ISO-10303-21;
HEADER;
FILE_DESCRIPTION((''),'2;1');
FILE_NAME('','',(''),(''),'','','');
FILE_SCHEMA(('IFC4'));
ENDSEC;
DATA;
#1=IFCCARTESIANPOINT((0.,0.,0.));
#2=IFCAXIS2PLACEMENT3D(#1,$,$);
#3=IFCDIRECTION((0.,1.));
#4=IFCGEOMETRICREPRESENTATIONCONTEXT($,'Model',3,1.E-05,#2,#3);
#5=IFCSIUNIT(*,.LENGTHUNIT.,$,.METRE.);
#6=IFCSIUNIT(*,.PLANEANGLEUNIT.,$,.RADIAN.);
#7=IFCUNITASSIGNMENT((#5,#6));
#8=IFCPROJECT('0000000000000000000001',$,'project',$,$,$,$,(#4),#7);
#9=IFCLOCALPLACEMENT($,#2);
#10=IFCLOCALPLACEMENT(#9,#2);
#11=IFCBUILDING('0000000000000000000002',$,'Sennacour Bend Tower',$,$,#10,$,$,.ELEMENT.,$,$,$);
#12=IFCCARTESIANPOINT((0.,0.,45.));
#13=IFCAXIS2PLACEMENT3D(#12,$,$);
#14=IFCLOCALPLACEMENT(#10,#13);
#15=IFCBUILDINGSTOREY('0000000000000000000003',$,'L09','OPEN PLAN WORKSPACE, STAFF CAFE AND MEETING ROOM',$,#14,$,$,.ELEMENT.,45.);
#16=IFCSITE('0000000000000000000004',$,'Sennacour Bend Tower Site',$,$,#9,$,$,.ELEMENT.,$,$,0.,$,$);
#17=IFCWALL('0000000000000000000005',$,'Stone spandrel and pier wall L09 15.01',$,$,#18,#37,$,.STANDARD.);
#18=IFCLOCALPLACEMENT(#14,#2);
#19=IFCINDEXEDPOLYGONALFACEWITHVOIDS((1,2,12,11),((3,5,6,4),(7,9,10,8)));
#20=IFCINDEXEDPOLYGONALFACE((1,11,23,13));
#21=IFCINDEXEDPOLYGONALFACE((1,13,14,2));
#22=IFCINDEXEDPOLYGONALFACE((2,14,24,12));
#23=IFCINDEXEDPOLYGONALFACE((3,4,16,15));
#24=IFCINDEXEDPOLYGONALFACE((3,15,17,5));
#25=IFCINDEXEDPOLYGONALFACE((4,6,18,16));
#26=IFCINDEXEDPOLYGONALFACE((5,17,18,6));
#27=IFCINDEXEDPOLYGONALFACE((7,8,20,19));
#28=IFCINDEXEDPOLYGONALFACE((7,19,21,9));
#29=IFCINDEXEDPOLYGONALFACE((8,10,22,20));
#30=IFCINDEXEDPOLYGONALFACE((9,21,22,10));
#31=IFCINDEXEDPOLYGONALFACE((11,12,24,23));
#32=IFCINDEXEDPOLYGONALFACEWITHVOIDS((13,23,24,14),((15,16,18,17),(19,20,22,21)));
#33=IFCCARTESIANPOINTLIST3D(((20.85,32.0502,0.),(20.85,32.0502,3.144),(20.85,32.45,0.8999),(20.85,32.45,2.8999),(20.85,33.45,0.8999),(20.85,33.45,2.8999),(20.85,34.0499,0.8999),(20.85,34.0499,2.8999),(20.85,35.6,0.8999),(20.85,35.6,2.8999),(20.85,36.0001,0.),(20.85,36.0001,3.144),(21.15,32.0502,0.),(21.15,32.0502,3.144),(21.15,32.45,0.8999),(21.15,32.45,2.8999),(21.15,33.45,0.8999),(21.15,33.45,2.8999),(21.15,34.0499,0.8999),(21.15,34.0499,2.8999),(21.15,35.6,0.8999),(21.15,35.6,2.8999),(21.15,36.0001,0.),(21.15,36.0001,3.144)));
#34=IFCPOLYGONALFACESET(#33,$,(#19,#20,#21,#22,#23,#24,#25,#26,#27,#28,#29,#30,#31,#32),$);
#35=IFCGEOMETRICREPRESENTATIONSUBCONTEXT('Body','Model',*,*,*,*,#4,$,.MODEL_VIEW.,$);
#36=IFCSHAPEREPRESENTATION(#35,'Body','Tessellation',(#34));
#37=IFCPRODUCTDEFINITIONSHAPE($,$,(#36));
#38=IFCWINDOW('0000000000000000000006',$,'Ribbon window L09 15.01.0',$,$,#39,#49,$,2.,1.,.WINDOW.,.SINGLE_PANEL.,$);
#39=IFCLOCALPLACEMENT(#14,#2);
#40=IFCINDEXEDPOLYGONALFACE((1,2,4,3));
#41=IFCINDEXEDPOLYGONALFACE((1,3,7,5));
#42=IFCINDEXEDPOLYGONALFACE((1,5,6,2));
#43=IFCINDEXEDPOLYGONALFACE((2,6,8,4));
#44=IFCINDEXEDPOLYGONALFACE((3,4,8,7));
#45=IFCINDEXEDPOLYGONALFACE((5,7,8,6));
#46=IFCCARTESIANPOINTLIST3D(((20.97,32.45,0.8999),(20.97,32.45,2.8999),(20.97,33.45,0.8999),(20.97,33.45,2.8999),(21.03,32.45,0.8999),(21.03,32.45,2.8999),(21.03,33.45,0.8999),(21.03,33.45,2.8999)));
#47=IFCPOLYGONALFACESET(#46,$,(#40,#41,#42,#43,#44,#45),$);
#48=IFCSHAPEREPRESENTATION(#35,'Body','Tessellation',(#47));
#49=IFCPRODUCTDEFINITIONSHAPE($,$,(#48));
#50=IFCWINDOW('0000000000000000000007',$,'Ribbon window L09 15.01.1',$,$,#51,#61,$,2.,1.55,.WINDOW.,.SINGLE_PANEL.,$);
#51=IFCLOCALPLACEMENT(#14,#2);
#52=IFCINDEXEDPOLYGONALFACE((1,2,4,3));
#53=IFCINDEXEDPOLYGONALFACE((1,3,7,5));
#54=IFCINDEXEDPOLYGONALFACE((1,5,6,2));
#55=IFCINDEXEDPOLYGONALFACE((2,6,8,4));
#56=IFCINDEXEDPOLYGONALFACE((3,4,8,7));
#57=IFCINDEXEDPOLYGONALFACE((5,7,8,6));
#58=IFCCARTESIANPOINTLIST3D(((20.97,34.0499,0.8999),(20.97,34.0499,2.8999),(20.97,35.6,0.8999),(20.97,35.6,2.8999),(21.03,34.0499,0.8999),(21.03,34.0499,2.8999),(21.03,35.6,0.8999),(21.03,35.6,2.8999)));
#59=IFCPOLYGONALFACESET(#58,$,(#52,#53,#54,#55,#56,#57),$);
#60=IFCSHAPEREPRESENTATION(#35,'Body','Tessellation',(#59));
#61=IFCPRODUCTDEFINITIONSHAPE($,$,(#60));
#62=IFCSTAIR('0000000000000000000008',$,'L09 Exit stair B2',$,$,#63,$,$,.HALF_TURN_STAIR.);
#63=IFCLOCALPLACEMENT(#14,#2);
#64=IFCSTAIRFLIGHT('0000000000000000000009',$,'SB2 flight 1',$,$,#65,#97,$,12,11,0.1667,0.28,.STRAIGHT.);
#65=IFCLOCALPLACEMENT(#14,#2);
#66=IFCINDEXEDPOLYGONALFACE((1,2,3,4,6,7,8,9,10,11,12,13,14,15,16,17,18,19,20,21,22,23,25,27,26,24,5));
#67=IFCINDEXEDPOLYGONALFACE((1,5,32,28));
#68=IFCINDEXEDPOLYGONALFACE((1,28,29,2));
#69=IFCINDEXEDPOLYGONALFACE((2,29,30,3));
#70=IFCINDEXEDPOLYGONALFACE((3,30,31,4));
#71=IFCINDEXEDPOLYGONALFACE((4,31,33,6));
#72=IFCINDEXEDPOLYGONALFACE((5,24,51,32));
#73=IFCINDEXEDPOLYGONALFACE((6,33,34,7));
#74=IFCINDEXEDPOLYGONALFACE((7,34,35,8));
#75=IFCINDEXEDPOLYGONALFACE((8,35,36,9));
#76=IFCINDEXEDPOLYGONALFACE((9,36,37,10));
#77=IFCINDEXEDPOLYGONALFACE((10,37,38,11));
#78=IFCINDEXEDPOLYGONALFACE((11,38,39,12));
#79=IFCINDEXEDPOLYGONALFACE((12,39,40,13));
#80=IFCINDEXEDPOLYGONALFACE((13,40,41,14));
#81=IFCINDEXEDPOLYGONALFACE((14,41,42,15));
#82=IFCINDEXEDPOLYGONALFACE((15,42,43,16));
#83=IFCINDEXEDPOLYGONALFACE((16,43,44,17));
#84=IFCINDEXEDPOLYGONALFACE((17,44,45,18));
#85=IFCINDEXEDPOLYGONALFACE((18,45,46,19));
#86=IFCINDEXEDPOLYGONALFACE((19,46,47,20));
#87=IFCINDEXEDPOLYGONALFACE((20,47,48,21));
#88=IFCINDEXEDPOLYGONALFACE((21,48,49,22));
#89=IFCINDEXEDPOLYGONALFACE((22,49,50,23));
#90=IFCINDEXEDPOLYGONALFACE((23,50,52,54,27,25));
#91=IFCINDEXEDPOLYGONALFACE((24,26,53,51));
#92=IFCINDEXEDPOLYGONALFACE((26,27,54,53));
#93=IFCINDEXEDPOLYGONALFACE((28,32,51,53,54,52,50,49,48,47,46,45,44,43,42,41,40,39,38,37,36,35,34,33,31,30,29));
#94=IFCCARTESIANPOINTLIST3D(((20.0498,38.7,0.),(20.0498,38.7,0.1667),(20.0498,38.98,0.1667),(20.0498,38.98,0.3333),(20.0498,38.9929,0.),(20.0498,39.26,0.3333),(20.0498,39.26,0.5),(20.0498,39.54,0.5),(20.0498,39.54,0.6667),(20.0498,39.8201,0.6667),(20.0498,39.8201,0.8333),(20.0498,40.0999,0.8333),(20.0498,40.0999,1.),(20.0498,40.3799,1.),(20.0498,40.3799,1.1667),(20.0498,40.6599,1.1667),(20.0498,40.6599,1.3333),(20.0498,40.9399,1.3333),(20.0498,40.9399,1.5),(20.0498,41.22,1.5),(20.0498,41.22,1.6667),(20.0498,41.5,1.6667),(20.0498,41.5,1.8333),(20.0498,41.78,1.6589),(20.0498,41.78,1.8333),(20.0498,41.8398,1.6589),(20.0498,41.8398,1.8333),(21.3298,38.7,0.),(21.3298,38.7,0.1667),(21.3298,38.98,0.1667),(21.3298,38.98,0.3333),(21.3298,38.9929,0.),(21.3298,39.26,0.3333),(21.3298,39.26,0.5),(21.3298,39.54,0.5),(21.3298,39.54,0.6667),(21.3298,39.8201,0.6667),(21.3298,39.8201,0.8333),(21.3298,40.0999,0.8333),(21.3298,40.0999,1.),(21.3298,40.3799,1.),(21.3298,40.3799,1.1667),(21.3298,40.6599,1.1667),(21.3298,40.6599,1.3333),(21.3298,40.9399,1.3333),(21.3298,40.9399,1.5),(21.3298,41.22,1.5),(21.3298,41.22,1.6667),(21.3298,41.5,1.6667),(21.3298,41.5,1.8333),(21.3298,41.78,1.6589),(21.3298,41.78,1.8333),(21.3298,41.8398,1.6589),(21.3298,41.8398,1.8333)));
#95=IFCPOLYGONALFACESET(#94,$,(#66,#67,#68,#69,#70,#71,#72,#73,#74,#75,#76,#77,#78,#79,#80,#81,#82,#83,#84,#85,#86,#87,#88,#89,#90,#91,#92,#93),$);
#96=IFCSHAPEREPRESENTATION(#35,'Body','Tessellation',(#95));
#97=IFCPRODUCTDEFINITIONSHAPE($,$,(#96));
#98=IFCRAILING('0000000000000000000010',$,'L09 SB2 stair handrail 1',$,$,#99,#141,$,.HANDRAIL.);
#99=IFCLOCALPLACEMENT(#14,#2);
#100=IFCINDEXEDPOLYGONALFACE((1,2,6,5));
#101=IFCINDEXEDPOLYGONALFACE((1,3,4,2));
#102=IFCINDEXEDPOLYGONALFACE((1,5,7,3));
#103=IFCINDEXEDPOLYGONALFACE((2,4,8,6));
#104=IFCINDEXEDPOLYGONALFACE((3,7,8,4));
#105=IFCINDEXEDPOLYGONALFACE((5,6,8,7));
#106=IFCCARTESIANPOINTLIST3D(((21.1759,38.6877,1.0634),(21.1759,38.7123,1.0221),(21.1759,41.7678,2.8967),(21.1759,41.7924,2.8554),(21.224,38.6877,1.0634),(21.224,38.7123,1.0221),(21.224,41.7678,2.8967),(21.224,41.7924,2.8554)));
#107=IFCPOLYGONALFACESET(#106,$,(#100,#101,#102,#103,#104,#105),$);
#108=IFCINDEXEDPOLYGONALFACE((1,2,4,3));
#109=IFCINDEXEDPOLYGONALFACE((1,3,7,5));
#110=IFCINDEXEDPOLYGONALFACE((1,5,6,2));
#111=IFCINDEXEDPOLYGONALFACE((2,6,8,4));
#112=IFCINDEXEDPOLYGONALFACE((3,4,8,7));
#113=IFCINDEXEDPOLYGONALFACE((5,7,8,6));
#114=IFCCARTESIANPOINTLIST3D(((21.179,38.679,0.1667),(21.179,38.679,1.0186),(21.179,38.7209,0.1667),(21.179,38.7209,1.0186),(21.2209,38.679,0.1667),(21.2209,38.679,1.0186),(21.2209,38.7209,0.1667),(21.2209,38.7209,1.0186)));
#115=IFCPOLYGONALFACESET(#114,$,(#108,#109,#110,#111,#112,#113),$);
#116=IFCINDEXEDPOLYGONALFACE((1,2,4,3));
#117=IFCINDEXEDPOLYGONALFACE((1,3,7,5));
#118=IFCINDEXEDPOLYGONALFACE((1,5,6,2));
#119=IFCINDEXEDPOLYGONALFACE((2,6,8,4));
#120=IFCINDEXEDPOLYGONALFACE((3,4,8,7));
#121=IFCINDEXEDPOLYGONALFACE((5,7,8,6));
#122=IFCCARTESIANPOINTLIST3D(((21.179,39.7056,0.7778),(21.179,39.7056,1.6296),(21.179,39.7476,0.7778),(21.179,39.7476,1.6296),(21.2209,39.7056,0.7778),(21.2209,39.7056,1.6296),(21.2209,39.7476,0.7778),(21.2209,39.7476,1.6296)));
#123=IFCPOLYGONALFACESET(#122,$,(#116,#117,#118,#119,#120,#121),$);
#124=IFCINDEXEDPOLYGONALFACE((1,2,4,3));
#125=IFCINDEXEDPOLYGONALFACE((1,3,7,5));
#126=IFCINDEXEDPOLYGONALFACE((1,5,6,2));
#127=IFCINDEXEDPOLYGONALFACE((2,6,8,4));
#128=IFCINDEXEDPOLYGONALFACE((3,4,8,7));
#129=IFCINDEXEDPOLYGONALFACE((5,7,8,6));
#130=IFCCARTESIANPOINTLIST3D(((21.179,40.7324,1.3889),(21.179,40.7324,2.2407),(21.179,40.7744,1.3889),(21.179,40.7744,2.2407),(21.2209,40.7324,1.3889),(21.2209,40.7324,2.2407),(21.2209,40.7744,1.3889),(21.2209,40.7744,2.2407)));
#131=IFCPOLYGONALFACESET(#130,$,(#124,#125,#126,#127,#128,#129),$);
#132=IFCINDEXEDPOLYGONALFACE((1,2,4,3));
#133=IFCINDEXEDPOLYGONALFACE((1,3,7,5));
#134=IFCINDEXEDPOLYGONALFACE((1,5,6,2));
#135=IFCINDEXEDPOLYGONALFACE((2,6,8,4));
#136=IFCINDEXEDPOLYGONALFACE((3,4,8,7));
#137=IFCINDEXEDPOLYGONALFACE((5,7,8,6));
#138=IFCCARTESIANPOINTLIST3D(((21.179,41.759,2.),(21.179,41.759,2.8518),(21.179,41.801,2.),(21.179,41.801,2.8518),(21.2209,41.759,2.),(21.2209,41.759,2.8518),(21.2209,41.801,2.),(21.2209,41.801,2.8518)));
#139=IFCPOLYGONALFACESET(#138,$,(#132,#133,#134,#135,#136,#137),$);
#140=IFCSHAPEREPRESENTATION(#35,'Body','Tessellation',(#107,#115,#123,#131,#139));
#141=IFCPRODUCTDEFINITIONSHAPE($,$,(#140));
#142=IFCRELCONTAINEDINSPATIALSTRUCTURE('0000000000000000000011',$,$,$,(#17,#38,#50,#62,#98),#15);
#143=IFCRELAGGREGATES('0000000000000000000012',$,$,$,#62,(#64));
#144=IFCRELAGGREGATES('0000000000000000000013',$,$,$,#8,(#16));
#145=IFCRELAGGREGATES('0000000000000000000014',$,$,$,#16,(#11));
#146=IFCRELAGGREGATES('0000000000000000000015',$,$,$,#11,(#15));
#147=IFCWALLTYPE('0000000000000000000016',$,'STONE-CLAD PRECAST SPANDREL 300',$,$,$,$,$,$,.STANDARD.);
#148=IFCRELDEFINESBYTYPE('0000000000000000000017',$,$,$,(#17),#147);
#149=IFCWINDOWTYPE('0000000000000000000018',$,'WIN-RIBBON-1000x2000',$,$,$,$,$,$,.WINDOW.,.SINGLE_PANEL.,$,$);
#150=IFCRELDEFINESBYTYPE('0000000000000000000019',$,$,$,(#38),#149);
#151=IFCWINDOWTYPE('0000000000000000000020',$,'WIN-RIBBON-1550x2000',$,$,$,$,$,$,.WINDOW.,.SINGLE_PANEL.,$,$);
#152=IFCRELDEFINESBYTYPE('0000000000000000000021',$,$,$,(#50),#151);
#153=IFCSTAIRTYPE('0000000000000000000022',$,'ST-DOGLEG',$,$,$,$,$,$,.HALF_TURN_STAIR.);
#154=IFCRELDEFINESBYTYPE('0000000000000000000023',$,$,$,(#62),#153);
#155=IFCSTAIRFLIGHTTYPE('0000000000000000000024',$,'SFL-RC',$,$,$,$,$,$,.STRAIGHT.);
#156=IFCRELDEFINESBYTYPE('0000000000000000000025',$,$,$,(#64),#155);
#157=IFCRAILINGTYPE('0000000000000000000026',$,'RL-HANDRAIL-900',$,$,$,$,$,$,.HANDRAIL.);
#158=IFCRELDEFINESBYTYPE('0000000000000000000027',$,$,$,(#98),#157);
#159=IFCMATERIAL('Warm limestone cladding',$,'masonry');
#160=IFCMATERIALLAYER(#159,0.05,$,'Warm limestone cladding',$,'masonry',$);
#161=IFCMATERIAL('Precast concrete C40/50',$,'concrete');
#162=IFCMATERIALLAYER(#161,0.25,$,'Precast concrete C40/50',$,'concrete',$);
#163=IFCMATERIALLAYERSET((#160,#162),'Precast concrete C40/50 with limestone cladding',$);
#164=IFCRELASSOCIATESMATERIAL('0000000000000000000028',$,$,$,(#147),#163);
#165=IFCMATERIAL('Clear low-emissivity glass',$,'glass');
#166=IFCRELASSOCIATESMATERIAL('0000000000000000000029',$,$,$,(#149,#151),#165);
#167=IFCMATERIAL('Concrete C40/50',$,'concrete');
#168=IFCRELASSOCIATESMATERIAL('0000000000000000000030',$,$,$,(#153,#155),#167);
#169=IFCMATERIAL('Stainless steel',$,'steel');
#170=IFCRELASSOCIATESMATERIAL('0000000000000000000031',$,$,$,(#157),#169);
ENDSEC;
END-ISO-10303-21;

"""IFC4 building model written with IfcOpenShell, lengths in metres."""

from ifc_helpers import new_model, si_unit, direction, frame, frame_2d, origin, origin_2d, place, context, subcontext, project, spatial, polyline, rectangle, outline, extrude, material, layer, layer_set, type_object, element, fill, aggregate, save


model = new_model("IFC4")

# Units and contexts
model_context = context("Model", 3, precision=1e-05, world=origin(), true_north=direction((0.0, 1.0)))
body_context = subcontext(model_context, "Body", "Model", "MODEL_VIEW")
ifc_project = project(units=[si_unit("LENGTHUNIT", "METRE"), si_unit("PLANEANGLEUNIT", "RADIAN")], contexts=[model_context])

# Site, building, storey
site_placement = place(None, origin())
site = spatial("IfcSite", under=ifc_project, at=site_placement, Name="Sennacour Bend Tower Site", CompositionType="ELEMENT", RefElevation=0.0)
building_placement = place(site_placement, origin())
building = spatial("IfcBuilding", under=site, at=building_placement, Name="Sennacour Bend Tower", CompositionType="ELEMENT")
storey_placement = place(building_placement, frame((0.0, 0.0, 45.0)))
storey = spatial("IfcBuildingStorey", under=building, at=storey_placement, Name="L09", Description="OPEN PLAN WORKSPACE, STAFF CAFE AND MEETING ROOM", CompositionType="ELEMENT", Elevation=45.0)

# Shared definitions
ifc_material_1 = material(Name="Warm limestone cladding", Category="masonry")
ifc_layer_1 = layer(ifc_material_1, 0.05, Name="Warm limestone cladding", Category="masonry")
ifc_material_2 = material(Name="Precast concrete C40/50", Category="concrete")
ifc_layer_2 = layer(ifc_material_2, 0.25, Name="Precast concrete C40/50", Category="concrete")
ifc_layer_set_1 = layer_set([ifc_layer_1, ifc_layer_2], Name="Precast concrete C40/50 with limestone cladding")
wall_type_1 = type_object("IfcWallType", Name="STONE-CLAD PRECAST SPANDREL 300", PredefinedType="STANDARD", material=ifc_layer_set_1)
ifc_material_3 = material(Name="Clear low-emissivity glass", Category="glass")
window_type_1 = type_object("IfcWindowType", Name="WIN-RIBBON-1000x2000", PartitioningType="SINGLE_PANEL", PredefinedType="WINDOW", material=ifc_material_3)

# Wall, openings, windows
wall_1_placement = place(storey_placement, frame((21.0, 32.05, 0.0), z_axis=(0.0, 0.0, 1.0), x_axis=(0.0, 1.0, 0.0)))
wall_1 = element("IfcWall", 1, at=wall_1_placement, inside=storey, type_object=wall_type_1, Name="Stone spandrel and pier wall L09 15.01", PredefinedType="STANDARD", context=body_context, shape_type="SweptSolid", body=[
    extrude(rectangle(XDim=3.95, YDim=0.3, at=frame_2d((1.9751, 0.0))), origin(), (0.0, 0.0, 1.0), 3.144),
])
opening_1_placement = place(wall_1_placement, frame((0.3999, 0.0, 0.8999)))
opening_1 = element("IfcOpeningElement", 2, at=opening_1_placement, cuts=wall_1, PredefinedType="OPENING", context=body_context, shape_type="SweptSolid", body=[
    extrude(rectangle(XDim=1.0, YDim=2.0, at=frame_2d((0.5, 1.0))), frame((0.0, 0.1602, 0.0), z_axis=(0.0, -1.0, 0.0), x_axis=(1.0, 0.0, 0.0)), (0.0, 0.0, 1.0), 0.3201),
])
opening_2_placement = place(wall_1_placement, frame((2.0, 0.0, 0.8999)))
opening_2 = element("IfcOpeningElement", 3, at=opening_2_placement, cuts=wall_1, PredefinedType="OPENING", context=body_context, shape_type="SweptSolid", body=[
    extrude(rectangle(XDim=1.55, YDim=2.0, at=frame_2d((0.7749, 1.0))), frame((0.0, 0.1602, 0.0), z_axis=(0.0, -1.0, 0.0), x_axis=(1.0, 0.0, 0.0)), (0.0, 0.0, 1.0), 0.3201),
])
window_1_placement = place(opening_1_placement, origin())
window_1 = element("IfcWindow", 4, at=window_1_placement, inside=storey, type_object=window_type_1, Name="Ribbon window L09 15.01.0", OverallHeight=2.0, OverallWidth=1.0, PartitioningType="SINGLE_PANEL", PredefinedType="WINDOW", context=body_context, shape_type="SweptSolid", body=[
    extrude(rectangle(XDim=1.0, YDim=2.0, at=frame_2d((0.5, 1.0))), frame((0.0, 0.03, 0.0), z_axis=(0.0, -1.0, 0.0), x_axis=(1.0, 0.0, 0.0)), (0.0, 0.0, 1.0), 0.0601),
])
fill(opening_1, window_1)
window_type_2 = type_object("IfcWindowType", Name="WIN-RIBBON-1550x2000", PartitioningType="SINGLE_PANEL", PredefinedType="WINDOW", material=ifc_material_3)
window_2_placement = place(opening_2_placement, origin())
window_2 = element("IfcWindow", 5, at=window_2_placement, inside=storey, type_object=window_type_2, Name="Ribbon window L09 15.01.1", OverallHeight=2.0, OverallWidth=1.55, PartitioningType="SINGLE_PANEL", PredefinedType="WINDOW", context=body_context, shape_type="SweptSolid", body=[
    extrude(rectangle(XDim=1.55, YDim=2.0, at=frame_2d((0.7749, 1.0))), frame((0.0, 0.03, 0.0), z_axis=(0.0, -1.0, 0.0), x_axis=(1.0, 0.0, 0.0)), (0.0, 0.0, 1.0), 0.0601),
])
fill(opening_2, window_2)

# Stair, stair flight
ifc_material_4 = material(Name="Concrete C40/50", Category="concrete")
stair_type = type_object("IfcStairType", Name="ST-DOGLEG", PredefinedType="HALF_TURN_STAIR", material=ifc_material_4)
stair_placement = place(storey_placement, origin())
stair = element("IfcStair", 6, at=stair_placement, inside=storey, type_object=stair_type, Name="L09 Exit stair B2", PredefinedType="HALF_TURN_STAIR")
stair_flight_type = type_object("IfcStairFlightType", Name="SFL-RC", PredefinedType="STRAIGHT", material=ifc_material_4)
stair_flight_placement = place(storey_placement, frame((20.6899, 38.7, 0.0), z_axis=(0.0, 0.0, 1.0), x_axis=(0.0, 1.0, 0.0)))
stair_flight = element("IfcStairFlight", 7, at=stair_flight_placement, type_object=stair_flight_type, Name="SB2 flight 1", NumberOfRisers=12, NumberOfTreads=11, PredefinedType="STRAIGHT", RiserHeight=0.1667, TreadLength=0.28, context=body_context, shape_type="SweptSolid", body=[
    extrude(outline(polyline([(0.0, 0.0), (0.0, 0.1667), (0.28, 0.1667), (0.28, 0.3333), (0.5601, 0.3333), (0.5601, 0.5), (0.8401, 0.5), (0.8401, 0.6667), (1.1201, 0.6667), (1.1201, 0.8333), (1.3999, 0.8333), (1.3999, 1.0), (1.6799, 1.0), (1.6799, 1.1667), (1.96, 1.1667), (1.96, 1.3333), (2.24, 1.3333), (2.24, 1.5), (2.52, 1.5), (2.52, 1.6667), (2.8, 1.6667), (2.8, 1.8333), (3.0801, 1.8333), (3.1399, 1.8333), (3.1399, 1.6589), (3.0801, 1.6589), (0.293, 0.0), (0.0, 0.0)])), frame((0.0, 0.6401, 0.0), z_axis=(0.0, -1.0, 0.0), x_axis=(1.0, 0.0, 0.0)), (0.0, 0.0, 1.0), 1.28),
])
aggregate(stair, [stair_flight])

# Railing
ifc_material_5 = material(Name="Stainless steel", Category="steel")
railing_type = type_object("IfcRailingType", Name="RL-HANDRAIL-900", PredefinedType="HANDRAIL", material=ifc_material_5)
railing_placement = place(storey_placement, frame((21.2, 38.7, 0.1667)))
element("IfcRailing", 8, at=railing_placement, inside=storey, type_object=railing_type, Name="L09 SB2 stair handrail 1", PredefinedType="HANDRAIL", context=body_context, shape_type="SweptSolid", body=[
    extrude(rectangle(XDim=0.0481, YDim=0.0481, at=origin_2d()), frame((0.0, 0.0, 0.876), z_axis=(0.0, 0.859309, 0.511458), x_axis=(-1.0, 0.0, 0.0)), (0.0, 0.0, 1.0), 3.5845),
    extrude(rectangle(XDim=0.042, YDim=0.042, at=origin_2d()), origin(), (0.0, 0.0, 1.0), 0.8518),
    extrude(rectangle(XDim=0.042, YDim=0.042, at=origin_2d()), frame((0.0, 1.0266, 0.6111)), (0.0, 0.0, 1.0), 0.8518),
    extrude(rectangle(XDim=0.042, YDim=0.042, at=origin_2d()), frame((0.0, 2.0535, 1.2222)), (0.0, 0.0, 1.0), 0.8518),
    extrude(rectangle(XDim=0.042, YDim=0.042, at=origin_2d()), frame((0.0, 3.0801, 1.8333)), (0.0, 0.0, 1.0), 0.8518),
])

save(model, "model.ifc")
